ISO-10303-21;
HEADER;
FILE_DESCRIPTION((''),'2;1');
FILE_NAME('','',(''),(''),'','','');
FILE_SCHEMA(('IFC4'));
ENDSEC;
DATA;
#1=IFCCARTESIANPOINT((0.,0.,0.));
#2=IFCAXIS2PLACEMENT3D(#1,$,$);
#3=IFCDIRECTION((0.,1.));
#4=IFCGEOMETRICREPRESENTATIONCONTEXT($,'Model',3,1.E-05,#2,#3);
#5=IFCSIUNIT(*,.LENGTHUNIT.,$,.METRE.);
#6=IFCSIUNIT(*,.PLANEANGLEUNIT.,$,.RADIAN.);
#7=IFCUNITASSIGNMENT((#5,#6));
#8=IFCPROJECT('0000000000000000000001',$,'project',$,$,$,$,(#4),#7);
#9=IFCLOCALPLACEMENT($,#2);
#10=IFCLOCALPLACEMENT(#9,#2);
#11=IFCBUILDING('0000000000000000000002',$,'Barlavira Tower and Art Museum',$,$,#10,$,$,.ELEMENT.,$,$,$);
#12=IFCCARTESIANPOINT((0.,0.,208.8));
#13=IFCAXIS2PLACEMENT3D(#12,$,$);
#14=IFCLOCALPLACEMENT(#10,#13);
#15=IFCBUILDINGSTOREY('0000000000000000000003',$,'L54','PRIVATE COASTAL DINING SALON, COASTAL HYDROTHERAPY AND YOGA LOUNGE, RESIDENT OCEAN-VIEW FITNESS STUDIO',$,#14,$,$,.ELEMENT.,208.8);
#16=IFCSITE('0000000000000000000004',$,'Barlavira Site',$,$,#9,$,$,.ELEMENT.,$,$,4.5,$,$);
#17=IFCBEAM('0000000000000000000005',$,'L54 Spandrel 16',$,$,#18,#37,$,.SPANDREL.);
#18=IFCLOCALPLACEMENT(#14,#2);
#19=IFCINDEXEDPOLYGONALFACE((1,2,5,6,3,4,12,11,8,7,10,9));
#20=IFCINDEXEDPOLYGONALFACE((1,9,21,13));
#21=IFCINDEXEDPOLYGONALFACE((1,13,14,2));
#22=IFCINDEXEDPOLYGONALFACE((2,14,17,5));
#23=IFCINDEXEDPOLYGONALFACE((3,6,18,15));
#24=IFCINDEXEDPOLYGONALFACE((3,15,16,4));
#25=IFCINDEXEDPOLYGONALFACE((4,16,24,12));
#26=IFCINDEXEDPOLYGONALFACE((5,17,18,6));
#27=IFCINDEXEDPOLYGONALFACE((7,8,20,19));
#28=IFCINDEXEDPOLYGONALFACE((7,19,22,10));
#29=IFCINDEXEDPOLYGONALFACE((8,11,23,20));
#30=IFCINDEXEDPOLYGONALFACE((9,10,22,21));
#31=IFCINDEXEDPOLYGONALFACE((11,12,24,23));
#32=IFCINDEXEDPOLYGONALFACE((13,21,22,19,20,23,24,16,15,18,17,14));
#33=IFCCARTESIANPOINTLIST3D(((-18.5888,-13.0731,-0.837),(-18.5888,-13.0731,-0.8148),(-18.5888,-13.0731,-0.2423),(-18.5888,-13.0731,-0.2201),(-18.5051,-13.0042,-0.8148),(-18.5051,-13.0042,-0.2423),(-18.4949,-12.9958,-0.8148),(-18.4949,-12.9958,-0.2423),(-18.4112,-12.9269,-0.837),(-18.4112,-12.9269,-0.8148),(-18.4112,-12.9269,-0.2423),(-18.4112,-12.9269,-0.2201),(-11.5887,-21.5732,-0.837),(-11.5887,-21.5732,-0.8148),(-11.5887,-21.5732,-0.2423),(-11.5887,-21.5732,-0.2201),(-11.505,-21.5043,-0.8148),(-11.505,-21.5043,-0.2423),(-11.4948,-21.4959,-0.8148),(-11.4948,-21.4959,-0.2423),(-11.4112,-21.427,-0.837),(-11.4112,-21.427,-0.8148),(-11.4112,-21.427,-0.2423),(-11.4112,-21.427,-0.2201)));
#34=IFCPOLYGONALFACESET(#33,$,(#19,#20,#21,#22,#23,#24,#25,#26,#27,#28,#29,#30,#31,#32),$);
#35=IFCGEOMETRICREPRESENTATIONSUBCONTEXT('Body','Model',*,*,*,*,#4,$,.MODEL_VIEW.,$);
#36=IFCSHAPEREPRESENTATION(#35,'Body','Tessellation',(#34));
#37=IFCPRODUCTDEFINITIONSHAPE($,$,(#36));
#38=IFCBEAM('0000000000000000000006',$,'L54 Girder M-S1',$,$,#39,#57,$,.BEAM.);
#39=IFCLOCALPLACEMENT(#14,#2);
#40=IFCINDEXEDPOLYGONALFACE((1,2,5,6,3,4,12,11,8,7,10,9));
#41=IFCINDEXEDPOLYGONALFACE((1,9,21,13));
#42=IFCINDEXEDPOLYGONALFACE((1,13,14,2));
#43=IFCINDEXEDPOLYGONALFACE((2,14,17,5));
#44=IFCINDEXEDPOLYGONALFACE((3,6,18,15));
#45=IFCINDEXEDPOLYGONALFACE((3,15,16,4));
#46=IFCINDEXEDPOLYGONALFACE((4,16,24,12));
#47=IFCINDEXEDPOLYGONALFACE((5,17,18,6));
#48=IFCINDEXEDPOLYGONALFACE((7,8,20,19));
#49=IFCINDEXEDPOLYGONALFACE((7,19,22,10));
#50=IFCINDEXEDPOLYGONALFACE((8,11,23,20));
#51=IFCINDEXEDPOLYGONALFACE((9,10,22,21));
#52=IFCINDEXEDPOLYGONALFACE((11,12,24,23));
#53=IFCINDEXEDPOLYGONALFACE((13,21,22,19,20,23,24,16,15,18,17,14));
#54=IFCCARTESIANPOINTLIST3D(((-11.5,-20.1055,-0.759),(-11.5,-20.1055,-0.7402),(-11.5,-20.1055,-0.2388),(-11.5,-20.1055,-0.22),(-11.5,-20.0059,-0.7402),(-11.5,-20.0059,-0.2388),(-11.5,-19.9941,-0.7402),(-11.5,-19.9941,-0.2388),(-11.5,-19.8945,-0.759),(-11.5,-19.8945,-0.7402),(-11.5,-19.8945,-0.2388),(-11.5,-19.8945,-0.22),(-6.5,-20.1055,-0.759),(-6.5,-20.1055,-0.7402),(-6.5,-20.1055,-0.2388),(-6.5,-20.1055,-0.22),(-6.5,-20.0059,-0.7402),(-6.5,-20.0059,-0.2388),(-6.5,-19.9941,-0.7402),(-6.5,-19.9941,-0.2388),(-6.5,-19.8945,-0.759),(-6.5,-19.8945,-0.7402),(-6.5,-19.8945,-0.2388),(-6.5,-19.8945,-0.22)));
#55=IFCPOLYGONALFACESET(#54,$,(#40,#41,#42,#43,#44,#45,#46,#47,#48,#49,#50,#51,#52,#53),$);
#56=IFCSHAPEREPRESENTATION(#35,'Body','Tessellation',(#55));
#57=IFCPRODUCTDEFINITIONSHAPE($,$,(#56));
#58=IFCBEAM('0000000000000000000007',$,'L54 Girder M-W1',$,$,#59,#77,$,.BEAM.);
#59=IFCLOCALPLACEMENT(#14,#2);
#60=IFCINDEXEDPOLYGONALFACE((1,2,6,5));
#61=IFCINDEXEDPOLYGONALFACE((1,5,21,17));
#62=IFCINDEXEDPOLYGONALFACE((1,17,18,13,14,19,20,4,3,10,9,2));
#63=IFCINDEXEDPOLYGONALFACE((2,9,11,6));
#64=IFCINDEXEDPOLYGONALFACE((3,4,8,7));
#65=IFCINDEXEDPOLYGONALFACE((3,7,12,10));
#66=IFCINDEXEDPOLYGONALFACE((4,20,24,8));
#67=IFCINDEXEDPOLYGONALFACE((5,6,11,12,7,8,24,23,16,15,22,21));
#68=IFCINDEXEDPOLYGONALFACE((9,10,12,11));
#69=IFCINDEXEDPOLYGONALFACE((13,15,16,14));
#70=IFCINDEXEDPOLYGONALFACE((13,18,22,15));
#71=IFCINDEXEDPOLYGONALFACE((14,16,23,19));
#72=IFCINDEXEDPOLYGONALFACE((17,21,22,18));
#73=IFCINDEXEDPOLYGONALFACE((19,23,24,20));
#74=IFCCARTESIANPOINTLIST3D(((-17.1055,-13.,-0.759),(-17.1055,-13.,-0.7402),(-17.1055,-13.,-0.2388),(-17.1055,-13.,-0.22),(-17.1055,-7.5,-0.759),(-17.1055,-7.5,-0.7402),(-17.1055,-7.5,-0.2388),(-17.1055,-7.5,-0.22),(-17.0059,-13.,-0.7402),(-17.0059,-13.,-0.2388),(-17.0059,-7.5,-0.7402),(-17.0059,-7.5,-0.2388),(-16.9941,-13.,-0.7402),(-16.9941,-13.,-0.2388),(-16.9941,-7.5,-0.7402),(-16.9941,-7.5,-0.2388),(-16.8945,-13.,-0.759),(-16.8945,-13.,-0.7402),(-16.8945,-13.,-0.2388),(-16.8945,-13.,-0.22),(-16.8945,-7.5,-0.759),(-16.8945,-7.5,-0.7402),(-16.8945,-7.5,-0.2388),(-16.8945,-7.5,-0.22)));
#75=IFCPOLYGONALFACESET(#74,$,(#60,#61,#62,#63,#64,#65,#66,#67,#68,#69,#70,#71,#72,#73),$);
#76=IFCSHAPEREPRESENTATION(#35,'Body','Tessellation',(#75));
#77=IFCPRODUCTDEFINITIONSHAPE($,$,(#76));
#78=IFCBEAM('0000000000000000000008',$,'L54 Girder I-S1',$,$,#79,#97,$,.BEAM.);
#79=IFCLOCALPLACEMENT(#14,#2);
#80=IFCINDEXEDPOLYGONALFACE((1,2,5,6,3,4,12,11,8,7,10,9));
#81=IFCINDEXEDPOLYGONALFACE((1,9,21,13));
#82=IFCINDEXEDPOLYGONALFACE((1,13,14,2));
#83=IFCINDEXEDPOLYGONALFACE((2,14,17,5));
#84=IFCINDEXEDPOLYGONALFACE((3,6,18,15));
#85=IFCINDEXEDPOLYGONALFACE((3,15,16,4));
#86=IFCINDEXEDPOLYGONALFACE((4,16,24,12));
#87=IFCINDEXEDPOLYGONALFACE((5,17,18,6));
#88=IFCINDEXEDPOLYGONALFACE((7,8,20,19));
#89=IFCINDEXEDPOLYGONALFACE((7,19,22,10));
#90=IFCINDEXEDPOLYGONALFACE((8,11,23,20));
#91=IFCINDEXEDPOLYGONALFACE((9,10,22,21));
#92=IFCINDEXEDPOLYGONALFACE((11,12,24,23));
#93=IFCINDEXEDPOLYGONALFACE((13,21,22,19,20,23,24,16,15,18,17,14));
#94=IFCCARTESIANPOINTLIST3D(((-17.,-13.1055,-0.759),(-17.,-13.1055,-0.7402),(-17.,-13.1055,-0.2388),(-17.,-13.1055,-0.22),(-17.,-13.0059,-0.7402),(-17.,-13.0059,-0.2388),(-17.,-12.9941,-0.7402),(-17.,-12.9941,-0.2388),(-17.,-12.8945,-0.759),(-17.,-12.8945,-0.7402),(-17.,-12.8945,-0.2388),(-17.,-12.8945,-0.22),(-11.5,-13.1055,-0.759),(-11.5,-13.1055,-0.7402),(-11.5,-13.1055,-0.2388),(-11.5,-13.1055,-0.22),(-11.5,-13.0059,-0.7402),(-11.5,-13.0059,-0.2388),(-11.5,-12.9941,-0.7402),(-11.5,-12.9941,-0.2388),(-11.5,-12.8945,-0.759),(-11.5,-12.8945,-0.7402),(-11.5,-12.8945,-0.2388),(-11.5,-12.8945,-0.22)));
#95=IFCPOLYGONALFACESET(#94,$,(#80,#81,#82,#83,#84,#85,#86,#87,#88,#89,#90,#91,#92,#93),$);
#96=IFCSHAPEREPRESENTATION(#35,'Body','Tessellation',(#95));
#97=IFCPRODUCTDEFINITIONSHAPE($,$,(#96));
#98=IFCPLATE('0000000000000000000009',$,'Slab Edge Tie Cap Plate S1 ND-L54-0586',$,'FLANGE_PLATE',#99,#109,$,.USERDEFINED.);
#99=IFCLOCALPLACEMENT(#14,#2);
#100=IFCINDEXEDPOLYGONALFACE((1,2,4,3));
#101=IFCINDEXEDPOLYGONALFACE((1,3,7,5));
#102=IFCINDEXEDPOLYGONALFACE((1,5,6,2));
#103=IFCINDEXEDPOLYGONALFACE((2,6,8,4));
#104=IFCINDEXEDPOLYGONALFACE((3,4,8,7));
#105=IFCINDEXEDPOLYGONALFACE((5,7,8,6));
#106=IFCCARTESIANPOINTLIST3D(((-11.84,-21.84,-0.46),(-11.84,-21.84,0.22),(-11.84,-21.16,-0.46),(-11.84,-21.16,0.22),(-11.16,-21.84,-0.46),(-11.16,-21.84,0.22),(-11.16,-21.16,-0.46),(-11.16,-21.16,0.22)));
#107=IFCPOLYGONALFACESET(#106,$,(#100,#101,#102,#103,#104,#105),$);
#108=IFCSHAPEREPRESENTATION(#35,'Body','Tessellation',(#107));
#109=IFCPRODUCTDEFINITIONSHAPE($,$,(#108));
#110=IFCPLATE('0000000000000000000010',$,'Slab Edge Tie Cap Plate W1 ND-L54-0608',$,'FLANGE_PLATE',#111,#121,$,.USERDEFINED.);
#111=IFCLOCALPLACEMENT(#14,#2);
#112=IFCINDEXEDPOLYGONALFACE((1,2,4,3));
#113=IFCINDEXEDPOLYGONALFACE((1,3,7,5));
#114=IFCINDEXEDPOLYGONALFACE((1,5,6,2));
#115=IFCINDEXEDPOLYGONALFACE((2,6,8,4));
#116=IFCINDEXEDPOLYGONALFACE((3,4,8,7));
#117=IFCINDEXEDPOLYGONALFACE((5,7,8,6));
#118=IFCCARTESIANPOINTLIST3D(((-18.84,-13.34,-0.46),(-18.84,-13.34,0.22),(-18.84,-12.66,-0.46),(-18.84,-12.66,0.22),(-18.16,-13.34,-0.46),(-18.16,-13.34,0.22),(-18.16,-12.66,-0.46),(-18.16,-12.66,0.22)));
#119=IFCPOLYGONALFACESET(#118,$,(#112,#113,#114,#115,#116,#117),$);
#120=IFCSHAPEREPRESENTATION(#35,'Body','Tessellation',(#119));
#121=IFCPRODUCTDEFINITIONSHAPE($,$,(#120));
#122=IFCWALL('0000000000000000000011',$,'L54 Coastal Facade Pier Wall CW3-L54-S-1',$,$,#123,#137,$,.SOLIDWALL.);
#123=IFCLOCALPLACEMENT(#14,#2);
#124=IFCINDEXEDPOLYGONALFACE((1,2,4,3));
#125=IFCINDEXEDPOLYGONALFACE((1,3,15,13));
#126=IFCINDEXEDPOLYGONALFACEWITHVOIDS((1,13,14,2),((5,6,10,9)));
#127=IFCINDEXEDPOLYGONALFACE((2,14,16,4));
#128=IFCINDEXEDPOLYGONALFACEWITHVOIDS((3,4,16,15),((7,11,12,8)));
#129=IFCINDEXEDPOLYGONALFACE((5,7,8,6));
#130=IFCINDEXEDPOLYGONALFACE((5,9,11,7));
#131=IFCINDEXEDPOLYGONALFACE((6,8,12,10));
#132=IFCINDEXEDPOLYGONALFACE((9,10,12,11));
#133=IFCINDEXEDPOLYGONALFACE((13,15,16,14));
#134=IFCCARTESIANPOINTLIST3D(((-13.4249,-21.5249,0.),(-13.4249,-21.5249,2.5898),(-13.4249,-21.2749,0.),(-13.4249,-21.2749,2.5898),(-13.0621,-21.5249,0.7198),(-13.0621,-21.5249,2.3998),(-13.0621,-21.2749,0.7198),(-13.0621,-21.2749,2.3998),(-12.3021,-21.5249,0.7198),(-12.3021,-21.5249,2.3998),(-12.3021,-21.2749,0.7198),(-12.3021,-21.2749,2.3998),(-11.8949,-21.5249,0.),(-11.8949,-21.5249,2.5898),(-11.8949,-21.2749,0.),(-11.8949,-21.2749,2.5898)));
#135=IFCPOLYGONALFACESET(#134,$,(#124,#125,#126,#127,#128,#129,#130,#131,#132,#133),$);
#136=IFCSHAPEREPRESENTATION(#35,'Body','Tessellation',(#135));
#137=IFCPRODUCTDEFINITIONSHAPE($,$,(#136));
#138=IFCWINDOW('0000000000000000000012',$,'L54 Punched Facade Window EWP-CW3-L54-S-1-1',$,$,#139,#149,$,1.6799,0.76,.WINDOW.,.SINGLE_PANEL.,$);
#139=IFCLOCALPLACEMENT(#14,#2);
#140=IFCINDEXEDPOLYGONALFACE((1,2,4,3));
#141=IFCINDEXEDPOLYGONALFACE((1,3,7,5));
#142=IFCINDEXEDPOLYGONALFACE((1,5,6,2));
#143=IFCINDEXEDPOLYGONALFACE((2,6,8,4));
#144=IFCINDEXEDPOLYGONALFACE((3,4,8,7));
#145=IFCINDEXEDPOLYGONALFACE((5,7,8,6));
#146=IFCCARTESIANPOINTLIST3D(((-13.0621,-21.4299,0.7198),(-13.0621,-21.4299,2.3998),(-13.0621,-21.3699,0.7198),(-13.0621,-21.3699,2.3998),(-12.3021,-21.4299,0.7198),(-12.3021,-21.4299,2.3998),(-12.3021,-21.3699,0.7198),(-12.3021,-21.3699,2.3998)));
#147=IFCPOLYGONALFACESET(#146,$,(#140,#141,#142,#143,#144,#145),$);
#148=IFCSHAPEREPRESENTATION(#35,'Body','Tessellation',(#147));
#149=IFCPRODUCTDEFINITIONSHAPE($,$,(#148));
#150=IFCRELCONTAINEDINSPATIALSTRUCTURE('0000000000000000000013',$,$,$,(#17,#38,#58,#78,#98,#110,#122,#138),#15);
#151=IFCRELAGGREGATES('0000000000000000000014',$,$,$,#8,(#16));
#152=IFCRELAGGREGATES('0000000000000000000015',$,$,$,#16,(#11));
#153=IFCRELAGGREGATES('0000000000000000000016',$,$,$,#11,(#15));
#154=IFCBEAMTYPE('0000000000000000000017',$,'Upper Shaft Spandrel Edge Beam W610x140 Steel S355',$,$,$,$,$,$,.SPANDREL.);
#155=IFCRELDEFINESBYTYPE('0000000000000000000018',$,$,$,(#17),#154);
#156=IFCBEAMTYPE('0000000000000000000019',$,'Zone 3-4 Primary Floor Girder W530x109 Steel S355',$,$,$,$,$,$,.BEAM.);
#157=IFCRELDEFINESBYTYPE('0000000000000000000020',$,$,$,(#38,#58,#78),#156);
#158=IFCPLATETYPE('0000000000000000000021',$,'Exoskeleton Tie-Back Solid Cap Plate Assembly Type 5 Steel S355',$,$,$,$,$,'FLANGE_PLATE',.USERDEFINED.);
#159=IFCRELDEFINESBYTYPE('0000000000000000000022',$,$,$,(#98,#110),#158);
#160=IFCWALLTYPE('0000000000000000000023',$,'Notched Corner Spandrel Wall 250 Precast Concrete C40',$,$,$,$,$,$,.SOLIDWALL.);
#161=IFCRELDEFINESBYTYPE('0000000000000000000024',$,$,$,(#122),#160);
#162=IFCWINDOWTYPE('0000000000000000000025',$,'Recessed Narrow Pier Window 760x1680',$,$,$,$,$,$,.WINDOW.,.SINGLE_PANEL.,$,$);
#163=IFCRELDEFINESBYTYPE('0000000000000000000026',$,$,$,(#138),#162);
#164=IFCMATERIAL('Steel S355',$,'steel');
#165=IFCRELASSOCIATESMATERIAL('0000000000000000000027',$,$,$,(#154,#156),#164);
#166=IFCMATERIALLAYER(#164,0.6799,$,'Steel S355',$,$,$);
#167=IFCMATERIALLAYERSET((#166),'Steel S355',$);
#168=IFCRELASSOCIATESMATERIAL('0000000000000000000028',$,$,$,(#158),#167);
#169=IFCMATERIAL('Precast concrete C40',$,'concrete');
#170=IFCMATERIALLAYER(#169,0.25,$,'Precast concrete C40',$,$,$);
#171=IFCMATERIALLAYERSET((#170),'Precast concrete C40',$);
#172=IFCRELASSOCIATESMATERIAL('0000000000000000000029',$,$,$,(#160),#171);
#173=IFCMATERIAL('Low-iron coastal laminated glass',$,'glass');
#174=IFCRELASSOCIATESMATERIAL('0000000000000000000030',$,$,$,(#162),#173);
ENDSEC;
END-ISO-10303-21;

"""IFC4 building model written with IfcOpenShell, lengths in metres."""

from ifc_helpers import new_model, si_unit, direction, frame, frame_2d, origin, origin_2d, place, context, subcontext, project, spatial, rectangle, i_section, extrude, material, layer, layer_set, material_profile, profile_set, type_object, element, fill, save


model = new_model("IFC4")

# Units and contexts
model_context = context("Model", 3, precision=1e-05, world=origin(), true_north=direction((0.0, 1.0)))
body_context = subcontext(model_context, "Body", "Model", "MODEL_VIEW")
ifc_project = project(units=[si_unit("LENGTHUNIT", "METRE"), si_unit("PLANEANGLEUNIT", "RADIAN")], contexts=[model_context])

# Site, building, storey
site_placement = place(None, origin())
site = spatial("IfcSite", under=ifc_project, at=site_placement, Name="Barlavira Site", CompositionType="ELEMENT", RefElevation=4.5)
building_placement = place(site_placement, origin())
building = spatial("IfcBuilding", under=site, at=building_placement, Name="Barlavira Tower and Art Museum", CompositionType="ELEMENT")
storey_placement = place(building_placement, frame((0.0, 0.0, 208.8)))
storey = spatial("IfcBuildingStorey", under=building, at=storey_placement, Name="L54", Description="PRIVATE COASTAL DINING SALON, COASTAL HYDROTHERAPY AND YOGA LOUNGE, RESIDENT OCEAN-VIEW FITNESS STUDIO", CompositionType="ELEMENT", Elevation=208.8)

# Shared definitions
ifc_material_1 = material(Name="Steel S355", Category="steel")

# Beams
ifc_material_profile_1 = material_profile(ifc_material_1, i_section(OverallWidth=0.23, OverallDepth=0.6169, WebThickness=0.0132, FlangeThickness=0.0222, at=origin_2d()), Name="W610x140.0")
ifc_profile_set_1 = profile_set([ifc_material_profile_1], Name="Steel S355")
beam_type_1 = type_object("IfcBeamType", Name="Upper Shaft Spandrel Edge Beam W610x140 Steel S355", PredefinedType="SPANDREL", material=ifc_profile_set_1)
beam_1_placement = place(storey_placement, frame((-18.5, -13.0, -0.5286), z_axis=(0.635707, -0.77193, 0.0), x_axis=(0.77193, 0.635707, 0.0)))
element("IfcBeam", 1, at=beam_1_placement, inside=storey, type_object=beam_type_1, Name="L54 Spandrel 16", PredefinedType="SPANDREL", context=body_context, shape_type="SweptSolid", body=[
    extrude(i_section(OverallWidth=0.23, OverallDepth=0.6169, WebThickness=0.0132, FlangeThickness=0.0222, at=origin_2d()), origin(), (0.0, 0.0, 1.0), 11.0115),
])
ifc_material_profile_2 = material_profile(ifc_material_1, i_section(OverallWidth=0.2109, OverallDepth=0.5391, WebThickness=0.0117, FlangeThickness=0.0188, at=origin_2d()), Name="W530x109.0")
ifc_profile_set_2 = profile_set([ifc_material_profile_2], Name="Steel S355")
beam_type_2 = type_object("IfcBeamType", Name="Zone 3-4 Primary Floor Girder W530x109 Steel S355", PredefinedType="BEAM", material=ifc_profile_set_2)
beam_2_placement = place(storey_placement, frame((-11.5, -20.0, -0.4895), z_axis=(1.0, 0.0, 0.0), x_axis=(0.0, 1.0, 0.0)))
element("IfcBeam", 2, at=beam_2_placement, inside=storey, type_object=beam_type_2, Name="L54 Girder M-S1", PredefinedType="BEAM", context=body_context, shape_type="SweptSolid", body=[
    extrude(i_section(OverallWidth=0.2109, OverallDepth=0.5391, WebThickness=0.0117, FlangeThickness=0.0188, at=origin_2d()), origin(), (0.0, 0.0, 1.0), 5.0),
])
for number, where, z_axis, x_axis, name in (
    (3, (-17.0, -13.0, -0.4895), (0.0, 1.0, 0.0), (-1.0, 0.0, 0.0), "L54 Girder M-W1"),
    (4, (-17.0, -13.0, -0.4895), (1.0, 0.0, 0.0), (0.0, 1.0, 0.0), "L54 Girder I-S1"),
):
    element("IfcBeam", number, at=place(storey_placement, frame(where, z_axis=z_axis, x_axis=x_axis)), inside=storey, type_object=beam_type_2, Name=name, PredefinedType="BEAM", context=body_context, shape_type="SweptSolid", body=[
        extrude(i_section(OverallWidth=0.2109, OverallDepth=0.5391, WebThickness=0.0117, FlangeThickness=0.0188, at=origin_2d()), origin(), (0.0, 0.0, 1.0), 5.5),
    ])

# Plates
ifc_layer_1 = layer(ifc_material_1, 0.6799, Name="Steel S355")
ifc_layer_set_1 = layer_set([ifc_layer_1], Name="Steel S355")
plate_type = type_object("IfcPlateType", Name="Exoskeleton Tie-Back Solid Cap Plate Assembly Type 5 Steel S355", ElementType="FLANGE_PLATE", PredefinedType="USERDEFINED", material=ifc_layer_set_1)
for number, where, z_axis, x_axis, name in (
    (5, (-11.5, -21.5, -0.46), (0.0, 0.0, 1.0), (1.0, 0.0, 0.0), "Slab Edge Tie Cap Plate S1 ND-L54-0586"),
    (6, (-18.5, -13.0, -0.46), (0.0, 0.0, 1.0), (1.0, 0.0, 0.0), "Slab Edge Tie Cap Plate W1 ND-L54-0608"),
):
    element("IfcPlate", number, at=place(storey_placement, frame(where, z_axis=z_axis, x_axis=x_axis)), inside=storey, type_object=plate_type, Name=name, ObjectType="FLANGE_PLATE", PredefinedType="USERDEFINED", context=body_context, shape_type="SweptSolid", body=[
        extrude(rectangle(XDim=0.6799, YDim=0.6799, at=origin_2d()), origin(), (0.0, 0.0, 1.0), 0.6799),
    ])

# Wall, opening, window
ifc_material_2 = material(Name="Precast concrete C40", Category="concrete")
ifc_layer_2 = layer(ifc_material_2, 0.25, Name="Precast concrete C40")
ifc_layer_set_2 = layer_set([ifc_layer_2], Name="Precast concrete C40")
wall_type = type_object("IfcWallType", Name="Notched Corner Spandrel Wall 250 Precast Concrete C40", PredefinedType="SOLIDWALL", material=ifc_layer_set_2)
wall_1_placement = place(storey_placement, frame((-13.425, -21.3999, 0.0), z_axis=(0.0, 0.0, 1.0), x_axis=(1.0, 0.0, 0.0)))
wall_1 = element("IfcWall", 7, at=wall_1_placement, inside=storey, type_object=wall_type, Name="L54 Coastal Facade Pier Wall CW3-L54-S-1", PredefinedType="SOLIDWALL", context=body_context, shape_type="SweptSolid", body=[
    extrude(rectangle(XDim=1.53, YDim=0.25, at=frame_2d((0.7651, 0.0))), origin(), (0.0, 0.0, 1.0), 2.5898),
])
opening_1_placement = place(wall_1_placement, frame((0.363, 0.0, 0.72)))
opening_1 = element("IfcOpeningElement", 8, at=opening_1_placement, cuts=wall_1, PredefinedType="OPENING", context=body_context, shape_type="SweptSolid", body=[
    extrude(rectangle(XDim=0.76, YDim=1.6799, at=frame_2d((0.3799, 0.8398))), frame((0.0, 0.135, 0.0), z_axis=(0.0, -1.0, 0.0), x_axis=(1.0, 0.0, 0.0)), (0.0, 0.0, 1.0), 0.27),
])
ifc_material_3 = material(Name="Low-iron coastal laminated glass", Category="glass")
window_type_1 = type_object("IfcWindowType", Name="Recessed Narrow Pier Window 760x1680", PartitioningType="SINGLE_PANEL", PredefinedType="WINDOW", material=ifc_material_3)
window_1_placement = place(opening_1_placement, origin())
window_1 = element("IfcWindow", 9, at=window_1_placement, inside=storey, type_object=window_type_1, Name="L54 Punched Facade Window EWP-CW3-L54-S-1-1", OverallHeight=1.6799, OverallWidth=0.76, PartitioningType="SINGLE_PANEL", PredefinedType="WINDOW", context=body_context, shape_type="SweptSolid", body=[
    extrude(rectangle(XDim=0.76, YDim=1.6799, at=frame_2d((0.3799, 0.8398))), frame((0.0, 0.03, 0.0), z_axis=(0.0, -1.0, 0.0), x_axis=(1.0, 0.0, 0.0)), (0.0, 0.0, 1.0), 0.0601),
])
fill(opening_1, window_1)

save(model, "model.ifc")
